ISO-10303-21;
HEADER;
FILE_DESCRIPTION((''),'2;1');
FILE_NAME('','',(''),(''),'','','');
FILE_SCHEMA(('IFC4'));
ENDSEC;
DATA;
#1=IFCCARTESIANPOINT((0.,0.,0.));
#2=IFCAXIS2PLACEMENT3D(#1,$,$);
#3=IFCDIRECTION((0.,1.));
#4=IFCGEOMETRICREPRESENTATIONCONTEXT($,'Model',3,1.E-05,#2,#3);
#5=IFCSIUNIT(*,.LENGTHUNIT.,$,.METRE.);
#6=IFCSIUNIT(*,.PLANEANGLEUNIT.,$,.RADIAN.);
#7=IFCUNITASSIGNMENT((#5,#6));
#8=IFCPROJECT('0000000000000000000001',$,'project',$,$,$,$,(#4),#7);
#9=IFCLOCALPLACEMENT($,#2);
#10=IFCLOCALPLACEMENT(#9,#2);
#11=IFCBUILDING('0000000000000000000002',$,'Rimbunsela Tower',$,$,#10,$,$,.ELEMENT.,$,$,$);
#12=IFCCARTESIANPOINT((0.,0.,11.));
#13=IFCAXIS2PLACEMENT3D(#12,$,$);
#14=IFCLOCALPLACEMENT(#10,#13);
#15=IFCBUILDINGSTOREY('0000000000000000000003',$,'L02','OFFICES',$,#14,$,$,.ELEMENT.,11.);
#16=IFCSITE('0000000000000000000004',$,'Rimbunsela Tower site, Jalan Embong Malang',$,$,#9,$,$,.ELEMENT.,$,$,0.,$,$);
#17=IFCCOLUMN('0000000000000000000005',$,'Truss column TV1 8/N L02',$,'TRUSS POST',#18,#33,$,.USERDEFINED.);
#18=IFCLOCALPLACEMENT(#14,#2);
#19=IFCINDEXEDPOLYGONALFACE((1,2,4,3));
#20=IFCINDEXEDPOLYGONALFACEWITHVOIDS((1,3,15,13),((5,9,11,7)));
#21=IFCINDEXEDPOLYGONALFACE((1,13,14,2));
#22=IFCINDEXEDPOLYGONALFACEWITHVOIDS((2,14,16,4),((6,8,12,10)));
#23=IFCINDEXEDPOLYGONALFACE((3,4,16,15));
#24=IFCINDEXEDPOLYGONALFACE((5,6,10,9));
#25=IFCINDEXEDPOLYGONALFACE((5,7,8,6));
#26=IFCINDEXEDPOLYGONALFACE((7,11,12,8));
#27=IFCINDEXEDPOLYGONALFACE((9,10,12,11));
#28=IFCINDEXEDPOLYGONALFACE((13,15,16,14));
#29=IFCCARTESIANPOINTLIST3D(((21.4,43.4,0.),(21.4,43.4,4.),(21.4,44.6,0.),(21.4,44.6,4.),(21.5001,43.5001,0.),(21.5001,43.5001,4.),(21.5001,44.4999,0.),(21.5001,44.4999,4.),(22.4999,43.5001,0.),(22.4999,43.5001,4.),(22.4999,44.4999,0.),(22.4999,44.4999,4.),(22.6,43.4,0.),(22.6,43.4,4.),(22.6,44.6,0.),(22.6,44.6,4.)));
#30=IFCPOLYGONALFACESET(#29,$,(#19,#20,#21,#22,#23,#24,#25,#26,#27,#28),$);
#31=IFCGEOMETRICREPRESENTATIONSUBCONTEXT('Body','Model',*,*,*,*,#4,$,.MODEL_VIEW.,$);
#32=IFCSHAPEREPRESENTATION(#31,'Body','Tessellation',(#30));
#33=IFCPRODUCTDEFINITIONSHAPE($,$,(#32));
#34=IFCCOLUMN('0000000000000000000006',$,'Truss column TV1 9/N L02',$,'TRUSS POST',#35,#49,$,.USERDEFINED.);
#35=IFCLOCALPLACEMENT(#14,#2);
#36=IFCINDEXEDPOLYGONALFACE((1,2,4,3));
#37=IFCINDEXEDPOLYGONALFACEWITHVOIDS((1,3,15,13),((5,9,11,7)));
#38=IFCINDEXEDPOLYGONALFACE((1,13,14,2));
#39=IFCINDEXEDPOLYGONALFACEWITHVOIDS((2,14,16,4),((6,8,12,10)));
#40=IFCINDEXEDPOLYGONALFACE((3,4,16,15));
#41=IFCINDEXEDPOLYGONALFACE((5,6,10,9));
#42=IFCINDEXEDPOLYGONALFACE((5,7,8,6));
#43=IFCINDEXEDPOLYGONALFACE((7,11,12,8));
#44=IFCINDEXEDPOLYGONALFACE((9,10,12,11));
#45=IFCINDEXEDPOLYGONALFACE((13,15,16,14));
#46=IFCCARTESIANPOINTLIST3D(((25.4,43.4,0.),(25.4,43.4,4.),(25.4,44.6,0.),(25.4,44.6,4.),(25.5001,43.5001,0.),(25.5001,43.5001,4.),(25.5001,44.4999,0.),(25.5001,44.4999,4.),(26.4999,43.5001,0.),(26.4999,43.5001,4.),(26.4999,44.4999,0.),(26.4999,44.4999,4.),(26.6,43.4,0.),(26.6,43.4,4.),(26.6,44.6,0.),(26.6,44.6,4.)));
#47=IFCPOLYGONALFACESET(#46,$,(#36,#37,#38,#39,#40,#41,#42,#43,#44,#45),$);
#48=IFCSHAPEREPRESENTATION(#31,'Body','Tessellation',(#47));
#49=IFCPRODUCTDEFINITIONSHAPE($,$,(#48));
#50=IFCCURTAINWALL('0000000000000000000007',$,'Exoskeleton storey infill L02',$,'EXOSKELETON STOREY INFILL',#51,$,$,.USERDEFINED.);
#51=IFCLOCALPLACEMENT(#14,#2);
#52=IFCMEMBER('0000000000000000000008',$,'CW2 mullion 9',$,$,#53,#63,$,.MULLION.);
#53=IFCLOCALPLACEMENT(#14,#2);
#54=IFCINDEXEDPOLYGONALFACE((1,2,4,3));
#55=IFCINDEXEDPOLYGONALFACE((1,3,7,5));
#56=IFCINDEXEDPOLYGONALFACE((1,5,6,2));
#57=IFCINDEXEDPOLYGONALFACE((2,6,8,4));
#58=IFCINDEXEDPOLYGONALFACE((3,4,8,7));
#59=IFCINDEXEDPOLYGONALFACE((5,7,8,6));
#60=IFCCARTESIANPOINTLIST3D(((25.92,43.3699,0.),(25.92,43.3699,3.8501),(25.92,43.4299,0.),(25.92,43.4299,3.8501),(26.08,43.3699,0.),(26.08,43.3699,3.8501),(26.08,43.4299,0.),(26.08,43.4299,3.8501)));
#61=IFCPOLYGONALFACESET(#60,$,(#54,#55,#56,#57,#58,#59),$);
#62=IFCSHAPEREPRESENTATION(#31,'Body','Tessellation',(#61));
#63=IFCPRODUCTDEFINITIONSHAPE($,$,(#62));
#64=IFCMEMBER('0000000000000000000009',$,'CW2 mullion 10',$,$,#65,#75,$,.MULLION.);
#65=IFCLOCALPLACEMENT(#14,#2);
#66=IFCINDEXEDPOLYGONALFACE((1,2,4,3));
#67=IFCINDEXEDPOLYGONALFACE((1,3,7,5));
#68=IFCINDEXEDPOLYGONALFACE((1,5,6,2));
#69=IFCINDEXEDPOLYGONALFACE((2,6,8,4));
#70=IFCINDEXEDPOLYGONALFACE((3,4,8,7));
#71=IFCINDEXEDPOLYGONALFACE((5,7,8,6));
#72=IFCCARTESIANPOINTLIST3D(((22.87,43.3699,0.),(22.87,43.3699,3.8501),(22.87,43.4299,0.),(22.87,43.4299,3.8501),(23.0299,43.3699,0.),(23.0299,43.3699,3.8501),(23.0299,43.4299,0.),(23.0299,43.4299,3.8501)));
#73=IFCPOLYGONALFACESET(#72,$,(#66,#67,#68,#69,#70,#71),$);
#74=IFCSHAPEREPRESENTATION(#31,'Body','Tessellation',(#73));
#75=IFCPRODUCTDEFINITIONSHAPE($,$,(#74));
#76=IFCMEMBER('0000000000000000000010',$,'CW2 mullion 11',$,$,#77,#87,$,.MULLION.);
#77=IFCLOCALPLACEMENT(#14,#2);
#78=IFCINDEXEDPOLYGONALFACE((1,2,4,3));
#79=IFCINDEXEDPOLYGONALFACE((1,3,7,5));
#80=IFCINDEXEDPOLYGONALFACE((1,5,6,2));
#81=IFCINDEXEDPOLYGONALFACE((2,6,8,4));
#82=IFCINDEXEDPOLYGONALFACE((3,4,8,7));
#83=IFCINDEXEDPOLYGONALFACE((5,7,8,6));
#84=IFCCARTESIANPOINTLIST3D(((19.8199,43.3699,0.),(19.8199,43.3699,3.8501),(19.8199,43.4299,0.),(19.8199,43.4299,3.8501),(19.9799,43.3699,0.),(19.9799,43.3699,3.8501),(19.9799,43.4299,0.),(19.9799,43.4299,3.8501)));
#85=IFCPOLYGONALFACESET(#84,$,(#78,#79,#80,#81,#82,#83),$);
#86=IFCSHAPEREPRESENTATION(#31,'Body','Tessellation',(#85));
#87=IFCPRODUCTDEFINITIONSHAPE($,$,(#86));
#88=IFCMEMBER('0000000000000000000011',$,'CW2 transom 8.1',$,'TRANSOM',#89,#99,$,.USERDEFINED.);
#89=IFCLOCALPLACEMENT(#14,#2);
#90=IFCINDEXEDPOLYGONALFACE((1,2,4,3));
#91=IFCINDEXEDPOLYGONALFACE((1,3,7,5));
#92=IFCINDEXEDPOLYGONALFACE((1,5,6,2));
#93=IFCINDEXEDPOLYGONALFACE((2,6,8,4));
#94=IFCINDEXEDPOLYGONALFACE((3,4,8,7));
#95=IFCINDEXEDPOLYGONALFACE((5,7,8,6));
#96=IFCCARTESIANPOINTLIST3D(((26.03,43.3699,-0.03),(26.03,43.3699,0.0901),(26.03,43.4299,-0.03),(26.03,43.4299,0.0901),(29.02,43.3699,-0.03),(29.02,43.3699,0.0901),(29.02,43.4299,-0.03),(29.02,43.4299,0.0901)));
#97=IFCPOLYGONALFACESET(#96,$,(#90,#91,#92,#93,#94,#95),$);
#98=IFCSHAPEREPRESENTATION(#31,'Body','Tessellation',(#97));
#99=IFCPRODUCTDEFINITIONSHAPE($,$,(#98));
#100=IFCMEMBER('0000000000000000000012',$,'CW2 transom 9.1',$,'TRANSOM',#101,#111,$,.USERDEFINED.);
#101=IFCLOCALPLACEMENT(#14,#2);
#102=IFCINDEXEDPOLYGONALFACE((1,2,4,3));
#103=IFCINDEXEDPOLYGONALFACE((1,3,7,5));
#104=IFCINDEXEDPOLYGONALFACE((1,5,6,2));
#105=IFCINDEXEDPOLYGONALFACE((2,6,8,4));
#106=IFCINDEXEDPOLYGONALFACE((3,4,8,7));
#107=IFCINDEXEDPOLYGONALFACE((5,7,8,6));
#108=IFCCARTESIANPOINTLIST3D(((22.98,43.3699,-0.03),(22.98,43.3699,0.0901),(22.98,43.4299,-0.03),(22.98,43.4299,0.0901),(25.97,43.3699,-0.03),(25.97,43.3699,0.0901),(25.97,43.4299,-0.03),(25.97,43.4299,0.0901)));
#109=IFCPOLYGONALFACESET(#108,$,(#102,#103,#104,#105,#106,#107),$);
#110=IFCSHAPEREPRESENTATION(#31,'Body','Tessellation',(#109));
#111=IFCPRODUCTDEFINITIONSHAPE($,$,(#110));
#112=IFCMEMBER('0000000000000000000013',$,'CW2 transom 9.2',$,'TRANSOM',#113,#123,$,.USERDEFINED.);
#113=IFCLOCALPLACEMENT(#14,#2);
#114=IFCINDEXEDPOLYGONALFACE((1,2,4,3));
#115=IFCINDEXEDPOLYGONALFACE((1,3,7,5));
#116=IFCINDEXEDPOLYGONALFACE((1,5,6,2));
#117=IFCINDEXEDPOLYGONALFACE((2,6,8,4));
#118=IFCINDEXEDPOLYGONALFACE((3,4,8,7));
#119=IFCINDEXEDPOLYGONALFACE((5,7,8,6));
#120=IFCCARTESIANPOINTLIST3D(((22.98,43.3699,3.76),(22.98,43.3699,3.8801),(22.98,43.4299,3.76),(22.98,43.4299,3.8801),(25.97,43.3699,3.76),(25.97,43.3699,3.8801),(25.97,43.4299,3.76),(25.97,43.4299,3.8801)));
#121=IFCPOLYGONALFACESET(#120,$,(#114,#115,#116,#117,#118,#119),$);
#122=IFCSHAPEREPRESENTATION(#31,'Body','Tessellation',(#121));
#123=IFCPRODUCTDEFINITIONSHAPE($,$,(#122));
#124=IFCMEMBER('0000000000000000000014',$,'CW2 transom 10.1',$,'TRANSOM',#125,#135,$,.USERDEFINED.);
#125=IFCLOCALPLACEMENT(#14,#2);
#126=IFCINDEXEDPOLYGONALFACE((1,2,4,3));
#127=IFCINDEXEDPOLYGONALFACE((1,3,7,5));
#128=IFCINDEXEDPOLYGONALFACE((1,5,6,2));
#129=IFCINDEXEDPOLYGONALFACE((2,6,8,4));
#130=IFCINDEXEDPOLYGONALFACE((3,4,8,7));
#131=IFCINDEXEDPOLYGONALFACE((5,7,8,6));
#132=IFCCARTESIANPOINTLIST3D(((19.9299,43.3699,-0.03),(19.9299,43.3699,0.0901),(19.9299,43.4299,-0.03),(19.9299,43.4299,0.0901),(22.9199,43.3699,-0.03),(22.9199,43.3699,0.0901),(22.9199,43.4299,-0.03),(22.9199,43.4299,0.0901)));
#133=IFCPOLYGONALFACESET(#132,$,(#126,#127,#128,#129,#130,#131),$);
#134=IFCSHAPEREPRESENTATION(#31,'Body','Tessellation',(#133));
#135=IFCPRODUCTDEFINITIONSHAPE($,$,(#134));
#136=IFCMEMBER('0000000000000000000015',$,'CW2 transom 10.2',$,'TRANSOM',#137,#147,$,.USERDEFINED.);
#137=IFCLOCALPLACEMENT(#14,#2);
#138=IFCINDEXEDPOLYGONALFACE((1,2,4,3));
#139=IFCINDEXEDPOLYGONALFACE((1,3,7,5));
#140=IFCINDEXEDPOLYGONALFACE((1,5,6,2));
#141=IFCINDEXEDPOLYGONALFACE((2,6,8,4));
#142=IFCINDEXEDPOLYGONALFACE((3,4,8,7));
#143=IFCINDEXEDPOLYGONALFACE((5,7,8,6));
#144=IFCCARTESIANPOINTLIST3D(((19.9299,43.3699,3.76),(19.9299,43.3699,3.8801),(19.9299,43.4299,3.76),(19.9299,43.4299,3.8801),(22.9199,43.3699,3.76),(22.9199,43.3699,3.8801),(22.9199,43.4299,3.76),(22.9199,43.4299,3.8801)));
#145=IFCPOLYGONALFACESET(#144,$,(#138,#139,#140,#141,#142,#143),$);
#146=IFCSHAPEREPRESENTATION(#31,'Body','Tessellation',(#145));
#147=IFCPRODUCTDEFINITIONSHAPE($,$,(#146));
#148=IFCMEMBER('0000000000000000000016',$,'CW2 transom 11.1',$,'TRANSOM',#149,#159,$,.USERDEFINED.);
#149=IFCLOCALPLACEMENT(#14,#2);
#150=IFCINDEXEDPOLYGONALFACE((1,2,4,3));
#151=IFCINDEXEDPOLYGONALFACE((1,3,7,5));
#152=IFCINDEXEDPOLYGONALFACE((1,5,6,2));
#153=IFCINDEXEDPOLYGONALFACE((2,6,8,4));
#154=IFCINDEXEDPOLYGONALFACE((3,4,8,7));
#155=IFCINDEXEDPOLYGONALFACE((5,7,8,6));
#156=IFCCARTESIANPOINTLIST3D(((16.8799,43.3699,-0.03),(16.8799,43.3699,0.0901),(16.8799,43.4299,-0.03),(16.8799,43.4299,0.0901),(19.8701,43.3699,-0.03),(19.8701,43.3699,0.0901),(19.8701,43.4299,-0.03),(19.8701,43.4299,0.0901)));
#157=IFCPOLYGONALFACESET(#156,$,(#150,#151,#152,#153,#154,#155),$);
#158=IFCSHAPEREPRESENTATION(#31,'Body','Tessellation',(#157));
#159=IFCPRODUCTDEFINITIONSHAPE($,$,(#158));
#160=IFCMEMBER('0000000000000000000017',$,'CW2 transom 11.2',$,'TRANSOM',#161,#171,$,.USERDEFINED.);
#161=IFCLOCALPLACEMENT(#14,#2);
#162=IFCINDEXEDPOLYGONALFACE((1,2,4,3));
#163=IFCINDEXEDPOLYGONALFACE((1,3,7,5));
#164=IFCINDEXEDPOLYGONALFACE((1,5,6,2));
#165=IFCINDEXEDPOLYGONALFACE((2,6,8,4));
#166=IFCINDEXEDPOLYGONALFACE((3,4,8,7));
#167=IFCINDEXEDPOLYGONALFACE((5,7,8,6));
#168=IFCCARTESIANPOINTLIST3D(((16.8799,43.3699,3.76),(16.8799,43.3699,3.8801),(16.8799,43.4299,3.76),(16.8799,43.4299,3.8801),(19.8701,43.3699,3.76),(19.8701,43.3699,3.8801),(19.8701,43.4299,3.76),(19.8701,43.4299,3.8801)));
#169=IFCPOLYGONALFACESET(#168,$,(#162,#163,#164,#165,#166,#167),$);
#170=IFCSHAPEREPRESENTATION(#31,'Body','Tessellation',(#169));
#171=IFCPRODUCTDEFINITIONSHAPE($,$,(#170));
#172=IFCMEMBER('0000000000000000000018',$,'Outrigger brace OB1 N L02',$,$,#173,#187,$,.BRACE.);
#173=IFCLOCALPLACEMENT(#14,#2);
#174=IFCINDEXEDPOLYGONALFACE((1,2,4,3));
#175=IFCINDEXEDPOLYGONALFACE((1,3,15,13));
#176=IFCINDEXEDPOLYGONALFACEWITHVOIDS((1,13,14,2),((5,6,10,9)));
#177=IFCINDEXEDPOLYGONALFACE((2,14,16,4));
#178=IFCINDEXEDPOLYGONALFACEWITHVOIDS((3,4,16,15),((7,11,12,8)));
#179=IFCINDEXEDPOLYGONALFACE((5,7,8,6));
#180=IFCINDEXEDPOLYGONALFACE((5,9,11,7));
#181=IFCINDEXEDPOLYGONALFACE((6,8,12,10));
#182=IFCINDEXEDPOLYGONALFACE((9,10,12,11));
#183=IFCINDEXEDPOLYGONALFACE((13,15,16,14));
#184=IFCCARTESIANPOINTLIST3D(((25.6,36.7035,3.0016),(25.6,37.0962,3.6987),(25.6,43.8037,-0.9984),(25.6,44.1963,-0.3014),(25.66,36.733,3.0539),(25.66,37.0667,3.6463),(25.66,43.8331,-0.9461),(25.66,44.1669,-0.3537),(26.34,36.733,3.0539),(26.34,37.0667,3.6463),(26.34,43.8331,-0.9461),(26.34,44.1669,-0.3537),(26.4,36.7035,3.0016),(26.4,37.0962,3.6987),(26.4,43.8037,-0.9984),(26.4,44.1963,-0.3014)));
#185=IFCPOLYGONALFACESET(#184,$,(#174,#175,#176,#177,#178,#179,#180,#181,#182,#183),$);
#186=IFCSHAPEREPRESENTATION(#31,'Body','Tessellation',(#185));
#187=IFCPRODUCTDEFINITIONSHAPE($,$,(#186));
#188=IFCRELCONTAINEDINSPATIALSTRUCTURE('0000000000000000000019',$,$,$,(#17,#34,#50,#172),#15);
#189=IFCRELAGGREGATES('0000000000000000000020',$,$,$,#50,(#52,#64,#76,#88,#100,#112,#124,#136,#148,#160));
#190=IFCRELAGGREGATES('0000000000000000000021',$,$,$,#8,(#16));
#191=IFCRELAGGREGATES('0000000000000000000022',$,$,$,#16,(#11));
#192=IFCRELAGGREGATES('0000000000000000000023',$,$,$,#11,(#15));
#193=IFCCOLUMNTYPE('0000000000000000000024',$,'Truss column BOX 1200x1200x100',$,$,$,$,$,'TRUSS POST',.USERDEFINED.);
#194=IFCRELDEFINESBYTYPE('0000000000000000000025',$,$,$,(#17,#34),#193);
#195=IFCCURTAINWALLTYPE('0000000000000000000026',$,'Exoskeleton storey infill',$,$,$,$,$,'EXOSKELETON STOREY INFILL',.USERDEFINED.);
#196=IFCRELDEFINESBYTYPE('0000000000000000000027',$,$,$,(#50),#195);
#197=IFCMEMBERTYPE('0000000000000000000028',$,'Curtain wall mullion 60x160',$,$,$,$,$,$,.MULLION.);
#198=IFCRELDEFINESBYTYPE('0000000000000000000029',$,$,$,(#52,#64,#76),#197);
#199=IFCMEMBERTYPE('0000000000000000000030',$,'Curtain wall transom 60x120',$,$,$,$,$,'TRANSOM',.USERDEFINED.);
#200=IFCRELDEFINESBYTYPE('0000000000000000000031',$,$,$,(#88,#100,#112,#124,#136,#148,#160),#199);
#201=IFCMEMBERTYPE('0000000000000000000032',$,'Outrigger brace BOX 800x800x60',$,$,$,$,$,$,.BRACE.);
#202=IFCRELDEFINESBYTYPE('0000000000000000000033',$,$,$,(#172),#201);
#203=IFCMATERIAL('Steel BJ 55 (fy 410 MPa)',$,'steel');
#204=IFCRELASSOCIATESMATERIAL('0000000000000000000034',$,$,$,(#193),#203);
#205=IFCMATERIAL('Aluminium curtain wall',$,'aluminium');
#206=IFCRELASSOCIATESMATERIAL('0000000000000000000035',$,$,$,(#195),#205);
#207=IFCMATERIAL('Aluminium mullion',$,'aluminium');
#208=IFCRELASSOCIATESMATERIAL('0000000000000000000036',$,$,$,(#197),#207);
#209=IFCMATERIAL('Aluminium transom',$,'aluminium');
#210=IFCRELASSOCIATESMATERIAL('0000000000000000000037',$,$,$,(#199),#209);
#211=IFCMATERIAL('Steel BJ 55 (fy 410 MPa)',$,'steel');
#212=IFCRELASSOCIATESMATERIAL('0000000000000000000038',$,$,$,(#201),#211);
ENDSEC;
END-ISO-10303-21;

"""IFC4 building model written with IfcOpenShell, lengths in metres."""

from ifc_helpers import new_model, si_unit, direction, frame, origin, origin_2d, place, context, subcontext, project, spatial, rectangle, hollow_rectangle, extrude, material, material_profile, profile_set, type_object, element, aggregate, save


model = new_model("IFC4")

# Units and contexts
model_context = context("Model", 3, precision=1e-05, world=origin(), true_north=direction((0.0, 1.0)))
body_context = subcontext(model_context, "Body", "Model", "MODEL_VIEW")
ifc_project = project(units=[si_unit("LENGTHUNIT", "METRE"), si_unit("PLANEANGLEUNIT", "RADIAN")], contexts=[model_context])

# Site, building, storey
site_placement = place(None, origin())
site = spatial("IfcSite", under=ifc_project, at=site_placement, Name="Rimbunsela Tower site, Jalan Embong Malang", CompositionType="ELEMENT", RefElevation=0.0)
building_placement = place(site_placement, origin())
building = spatial("IfcBuilding", under=site, at=building_placement, Name="Rimbunsela Tower", CompositionType="ELEMENT")
storey_placement = place(building_placement, frame((0.0, 0.0, 11.0)))
storey = spatial("IfcBuildingStorey", under=building, at=storey_placement, Name="L02", Description="OFFICES", CompositionType="ELEMENT", Elevation=11.0)

# Columns
ifc_material_1 = material(Name="Steel BJ 55 (fy 410 MPa)", Category="steel")
ifc_material_profile_1 = material_profile(ifc_material_1, hollow_rectangle(XDim=1.2, YDim=1.2, WallThickness=0.1001, at=origin_2d()), Name="BOX 1200x1200x100")
ifc_profile_set_1 = profile_set([ifc_material_profile_1], Name="Steel BJ 55 (fy 410 MPa)")
column_type = type_object("IfcColumnType", Name="Truss column BOX 1200x1200x100", ElementType="TRUSS POST", PredefinedType="USERDEFINED", material=ifc_profile_set_1)
for number, where, z_axis, x_axis, name in (
    (1, (22.0, 44.0, 0.0), (0.0, 0.0, 1.0), (1.0, 0.0, 0.0), "Truss column TV1 8/N L02"),
    (2, (26.0, 44.0, 0.0), (0.0, 0.0, 1.0), (1.0, 0.0, 0.0), "Truss column TV1 9/N L02"),
):
    element("IfcColumn", number, at=place(storey_placement, frame(where, z_axis=z_axis, x_axis=x_axis)), inside=storey, type_object=column_type, Name=name, ObjectType="TRUSS POST", PredefinedType="USERDEFINED", context=body_context, shape_type="SweptSolid", body=[
        extrude(hollow_rectangle(XDim=1.2, YDim=1.2, WallThickness=0.1001, at=origin_2d()), origin(), (0.0, 0.0, 1.0), 4.0),
    ])

# Curtain wall, members
ifc_material_2 = material(Name="Aluminium curtain wall", Category="aluminium")
curtain_wall_type = type_object("IfcCurtainWallType", Name="Exoskeleton storey infill", ElementType="EXOSKELETON STOREY INFILL", PredefinedType="USERDEFINED", material=ifc_material_2)
curtain_wall_placement = place(storey_placement, origin())
curtain_wall = element("IfcCurtainWall", 3, at=curtain_wall_placement, inside=storey, type_object=curtain_wall_type, Name="Exoskeleton storey infill L02", ObjectType="EXOSKELETON STOREY INFILL", PredefinedType="USERDEFINED")
ifc_material_3 = material(Name="Aluminium mullion", Category="aluminium")
ifc_material_profile_2 = material_profile(ifc_material_3, rectangle(XDim=0.0601, YDim=0.1599, at=origin_2d()), Name="Mullion 60x160")
ifc_profile_set_2 = profile_set([ifc_material_profile_2], Name="Aluminium mullion")
member_type_1 = type_object("IfcMemberType", Name="Curtain wall mullion 60x160", PredefinedType="MULLION", material=ifc_profile_set_2)
member_1_placement = place(storey_placement, frame((26.0, 43.3999, 0.0), z_axis=(0.0, 0.0, 1.0), x_axis=(0.0, -1.0, 0.0)))
member_1 = element("IfcMember", 4, at=member_1_placement, type_object=member_type_1, Name="CW2 mullion 9", PredefinedType="MULLION", context=body_context, shape_type="SweptSolid", body=[
    extrude(rectangle(XDim=0.0601, YDim=0.1599, at=origin_2d()), origin(), (0.0, 0.0, 1.0), 3.8501),
])
member_2_placement = place(storey_placement, frame((22.95, 43.3999, 0.0), z_axis=(0.0, 0.0, 1.0), x_axis=(0.0, -1.0, 0.0)))
member_2 = element("IfcMember", 5, at=member_2_placement, type_object=member_type_1, Name="CW2 mullion 10", PredefinedType="MULLION", context=body_context, shape_type="SweptSolid", body=[
    extrude(rectangle(XDim=0.0601, YDim=0.1599, at=origin_2d()), origin(), (0.0, 0.0, 1.0), 3.8501),
])
member_3_placement = place(storey_placement, frame((19.8999, 43.3999, 0.0), z_axis=(0.0, 0.0, 1.0), x_axis=(0.0, -1.0, 0.0)))
member_3 = element("IfcMember", 6, at=member_3_placement, type_object=member_type_1, Name="CW2 mullion 11", PredefinedType="MULLION", context=body_context, shape_type="SweptSolid", body=[
    extrude(rectangle(XDim=0.0601, YDim=0.1599, at=origin_2d()), origin(), (0.0, 0.0, 1.0), 3.8501),
])
ifc_material_4 = material(Name="Aluminium transom", Category="aluminium")
ifc_material_profile_3 = material_profile(ifc_material_4, rectangle(XDim=0.0601, YDim=0.1201, at=origin_2d()), Name="Transom 60x120")
ifc_profile_set_3 = profile_set([ifc_material_profile_3], Name="Aluminium transom")
member_type_2 = type_object("IfcMemberType", Name="Curtain wall transom 60x120", ElementType="TRANSOM", PredefinedType="USERDEFINED", material=ifc_profile_set_3)
member_4_placement = place(storey_placement, frame((29.02, 43.3999, 0.03), z_axis=(-1.0, 0.0, 0.0), x_axis=(0.0, -1.0, 0.0)))
member_4 = element("IfcMember", 7, at=member_4_placement, type_object=member_type_2, Name="CW2 transom 8.1", ObjectType="TRANSOM", PredefinedType="USERDEFINED", context=body_context, shape_type="SweptSolid", body=[
    extrude(rectangle(XDim=0.0601, YDim=0.1201, at=origin_2d()), origin(), (0.0, 0.0, 1.0), 2.99),
])
member_5_placement = place(storey_placement, frame((25.97, 43.3999, 0.03), z_axis=(-1.0, 0.0, 0.0), x_axis=(0.0, -1.0, 0.0)))
member_5 = element("IfcMember", 8, at=member_5_placement, type_object=member_type_2, Name="CW2 transom 9.1", ObjectType="TRANSOM", PredefinedType="USERDEFINED", context=body_context, shape_type="SweptSolid", body=[
    extrude(rectangle(XDim=0.0601, YDim=0.1201, at=origin_2d()), origin(), (0.0, 0.0, 1.0), 2.99),
])
member_6_placement = place(storey_placement, frame((25.97, 43.3999, 3.8201), z_axis=(-1.0, 0.0, 0.0), x_axis=(0.0, -1.0, 0.0)))
member_6 = element("IfcMember", 9, at=member_6_placement, type_object=member_type_2, Name="CW2 transom 9.2", ObjectType="TRANSOM", PredefinedType="USERDEFINED", context=body_context, shape_type="SweptSolid", body=[
    extrude(rectangle(XDim=0.0601, YDim=0.1201, at=origin_2d()), origin(), (0.0, 0.0, 1.0), 2.99),
])
member_7_placement = place(storey_placement, frame((22.9199, 43.3999, 0.03), z_axis=(-1.0, 0.0, 0.0), x_axis=(0.0, -1.0, 0.0)))
member_7 = element("IfcMember", 10, at=member_7_placement, type_object=member_type_2, Name="CW2 transom 10.1", ObjectType="TRANSOM", PredefinedType="USERDEFINED", context=body_context, shape_type="SweptSolid", body=[
    extrude(rectangle(XDim=0.0601, YDim=0.1201, at=origin_2d()), origin(), (0.0, 0.0, 1.0), 2.99),
])
member_8_placement = place(storey_placement, frame((22.9199, 43.3999, 3.8201), z_axis=(-1.0, 0.0, 0.0), x_axis=(0.0, -1.0, 0.0)))
member_8 = element("IfcMember", 11, at=member_8_placement, type_object=member_type_2, Name="CW2 transom 10.2", ObjectType="TRANSOM", PredefinedType="USERDEFINED", context=body_context, shape_type="SweptSolid", body=[
    extrude(rectangle(XDim=0.0601, YDim=0.1201, at=origin_2d()), origin(), (0.0, 0.0, 1.0), 2.99),
])
member_9_placement = place(storey_placement, frame((19.8701, 43.3999, 0.03), z_axis=(-1.0, 0.0, 0.0), x_axis=(0.0, -1.0, 0.0)))
member_9 = element("IfcMember", 12, at=member_9_placement, type_object=member_type_2, Name="CW2 transom 11.1", ObjectType="TRANSOM", PredefinedType="USERDEFINED", context=body_context, shape_type="SweptSolid", body=[
    extrude(rectangle(XDim=0.0601, YDim=0.1201, at=origin_2d()), origin(), (0.0, 0.0, 1.0), 2.9902),
])
member_10_placement = place(storey_placement, frame((19.8701, 43.3999, 3.8201), z_axis=(-1.0, 0.0, 0.0), x_axis=(0.0, -1.0, 0.0)))
member_10 = element("IfcMember", 13, at=member_10_placement, type_object=member_type_2, Name="CW2 transom 11.2", ObjectType="TRANSOM", PredefinedType="USERDEFINED", context=body_context, shape_type="SweptSolid", body=[
    extrude(rectangle(XDim=0.0601, YDim=0.1201, at=origin_2d()), origin(), (0.0, 0.0, 1.0), 2.9902),
])

# Member
ifc_material_5 = material(Name="Steel BJ 55 (fy 410 MPa)", Category="steel")
ifc_material_profile_4 = material_profile(ifc_material_5, hollow_rectangle(XDim=0.8, YDim=0.8, WallThickness=0.0601, at=origin_2d()), Name="BOX 800x800x60")
ifc_profile_set_4 = profile_set([ifc_material_profile_4], Name="Steel BJ 55 (fy 410 MPa)")
member_type_3 = type_object("IfcMemberType", Name="Outrigger brace BOX 800x800x60", PredefinedType="BRACE", material=ifc_profile_set_4)
member_11_placement = place(storey_placement, frame((26.0, 44.0, -0.6499), z_axis=(0.0, -0.871251, 0.490839), x_axis=(1.0, 0.0, 0.0)))
element("IfcMember", 14, at=member_11_placement, inside=storey, type_object=member_type_3, Name="Outrigger brace OB1 N L02", PredefinedType="BRACE", context=body_context, shape_type="SweptSolid", body=[
    extrude(hollow_rectangle(XDim=0.8, YDim=0.8, WallThickness=0.0601, at=origin_2d()), origin(), (0.0, 0.0, 1.0), 8.1494),
])

aggregate(curtain_wall, [member_1, member_2, member_3, member_4, member_5, member_6, member_7, member_8, member_9, member_10])

save(model, "model.ifc")
